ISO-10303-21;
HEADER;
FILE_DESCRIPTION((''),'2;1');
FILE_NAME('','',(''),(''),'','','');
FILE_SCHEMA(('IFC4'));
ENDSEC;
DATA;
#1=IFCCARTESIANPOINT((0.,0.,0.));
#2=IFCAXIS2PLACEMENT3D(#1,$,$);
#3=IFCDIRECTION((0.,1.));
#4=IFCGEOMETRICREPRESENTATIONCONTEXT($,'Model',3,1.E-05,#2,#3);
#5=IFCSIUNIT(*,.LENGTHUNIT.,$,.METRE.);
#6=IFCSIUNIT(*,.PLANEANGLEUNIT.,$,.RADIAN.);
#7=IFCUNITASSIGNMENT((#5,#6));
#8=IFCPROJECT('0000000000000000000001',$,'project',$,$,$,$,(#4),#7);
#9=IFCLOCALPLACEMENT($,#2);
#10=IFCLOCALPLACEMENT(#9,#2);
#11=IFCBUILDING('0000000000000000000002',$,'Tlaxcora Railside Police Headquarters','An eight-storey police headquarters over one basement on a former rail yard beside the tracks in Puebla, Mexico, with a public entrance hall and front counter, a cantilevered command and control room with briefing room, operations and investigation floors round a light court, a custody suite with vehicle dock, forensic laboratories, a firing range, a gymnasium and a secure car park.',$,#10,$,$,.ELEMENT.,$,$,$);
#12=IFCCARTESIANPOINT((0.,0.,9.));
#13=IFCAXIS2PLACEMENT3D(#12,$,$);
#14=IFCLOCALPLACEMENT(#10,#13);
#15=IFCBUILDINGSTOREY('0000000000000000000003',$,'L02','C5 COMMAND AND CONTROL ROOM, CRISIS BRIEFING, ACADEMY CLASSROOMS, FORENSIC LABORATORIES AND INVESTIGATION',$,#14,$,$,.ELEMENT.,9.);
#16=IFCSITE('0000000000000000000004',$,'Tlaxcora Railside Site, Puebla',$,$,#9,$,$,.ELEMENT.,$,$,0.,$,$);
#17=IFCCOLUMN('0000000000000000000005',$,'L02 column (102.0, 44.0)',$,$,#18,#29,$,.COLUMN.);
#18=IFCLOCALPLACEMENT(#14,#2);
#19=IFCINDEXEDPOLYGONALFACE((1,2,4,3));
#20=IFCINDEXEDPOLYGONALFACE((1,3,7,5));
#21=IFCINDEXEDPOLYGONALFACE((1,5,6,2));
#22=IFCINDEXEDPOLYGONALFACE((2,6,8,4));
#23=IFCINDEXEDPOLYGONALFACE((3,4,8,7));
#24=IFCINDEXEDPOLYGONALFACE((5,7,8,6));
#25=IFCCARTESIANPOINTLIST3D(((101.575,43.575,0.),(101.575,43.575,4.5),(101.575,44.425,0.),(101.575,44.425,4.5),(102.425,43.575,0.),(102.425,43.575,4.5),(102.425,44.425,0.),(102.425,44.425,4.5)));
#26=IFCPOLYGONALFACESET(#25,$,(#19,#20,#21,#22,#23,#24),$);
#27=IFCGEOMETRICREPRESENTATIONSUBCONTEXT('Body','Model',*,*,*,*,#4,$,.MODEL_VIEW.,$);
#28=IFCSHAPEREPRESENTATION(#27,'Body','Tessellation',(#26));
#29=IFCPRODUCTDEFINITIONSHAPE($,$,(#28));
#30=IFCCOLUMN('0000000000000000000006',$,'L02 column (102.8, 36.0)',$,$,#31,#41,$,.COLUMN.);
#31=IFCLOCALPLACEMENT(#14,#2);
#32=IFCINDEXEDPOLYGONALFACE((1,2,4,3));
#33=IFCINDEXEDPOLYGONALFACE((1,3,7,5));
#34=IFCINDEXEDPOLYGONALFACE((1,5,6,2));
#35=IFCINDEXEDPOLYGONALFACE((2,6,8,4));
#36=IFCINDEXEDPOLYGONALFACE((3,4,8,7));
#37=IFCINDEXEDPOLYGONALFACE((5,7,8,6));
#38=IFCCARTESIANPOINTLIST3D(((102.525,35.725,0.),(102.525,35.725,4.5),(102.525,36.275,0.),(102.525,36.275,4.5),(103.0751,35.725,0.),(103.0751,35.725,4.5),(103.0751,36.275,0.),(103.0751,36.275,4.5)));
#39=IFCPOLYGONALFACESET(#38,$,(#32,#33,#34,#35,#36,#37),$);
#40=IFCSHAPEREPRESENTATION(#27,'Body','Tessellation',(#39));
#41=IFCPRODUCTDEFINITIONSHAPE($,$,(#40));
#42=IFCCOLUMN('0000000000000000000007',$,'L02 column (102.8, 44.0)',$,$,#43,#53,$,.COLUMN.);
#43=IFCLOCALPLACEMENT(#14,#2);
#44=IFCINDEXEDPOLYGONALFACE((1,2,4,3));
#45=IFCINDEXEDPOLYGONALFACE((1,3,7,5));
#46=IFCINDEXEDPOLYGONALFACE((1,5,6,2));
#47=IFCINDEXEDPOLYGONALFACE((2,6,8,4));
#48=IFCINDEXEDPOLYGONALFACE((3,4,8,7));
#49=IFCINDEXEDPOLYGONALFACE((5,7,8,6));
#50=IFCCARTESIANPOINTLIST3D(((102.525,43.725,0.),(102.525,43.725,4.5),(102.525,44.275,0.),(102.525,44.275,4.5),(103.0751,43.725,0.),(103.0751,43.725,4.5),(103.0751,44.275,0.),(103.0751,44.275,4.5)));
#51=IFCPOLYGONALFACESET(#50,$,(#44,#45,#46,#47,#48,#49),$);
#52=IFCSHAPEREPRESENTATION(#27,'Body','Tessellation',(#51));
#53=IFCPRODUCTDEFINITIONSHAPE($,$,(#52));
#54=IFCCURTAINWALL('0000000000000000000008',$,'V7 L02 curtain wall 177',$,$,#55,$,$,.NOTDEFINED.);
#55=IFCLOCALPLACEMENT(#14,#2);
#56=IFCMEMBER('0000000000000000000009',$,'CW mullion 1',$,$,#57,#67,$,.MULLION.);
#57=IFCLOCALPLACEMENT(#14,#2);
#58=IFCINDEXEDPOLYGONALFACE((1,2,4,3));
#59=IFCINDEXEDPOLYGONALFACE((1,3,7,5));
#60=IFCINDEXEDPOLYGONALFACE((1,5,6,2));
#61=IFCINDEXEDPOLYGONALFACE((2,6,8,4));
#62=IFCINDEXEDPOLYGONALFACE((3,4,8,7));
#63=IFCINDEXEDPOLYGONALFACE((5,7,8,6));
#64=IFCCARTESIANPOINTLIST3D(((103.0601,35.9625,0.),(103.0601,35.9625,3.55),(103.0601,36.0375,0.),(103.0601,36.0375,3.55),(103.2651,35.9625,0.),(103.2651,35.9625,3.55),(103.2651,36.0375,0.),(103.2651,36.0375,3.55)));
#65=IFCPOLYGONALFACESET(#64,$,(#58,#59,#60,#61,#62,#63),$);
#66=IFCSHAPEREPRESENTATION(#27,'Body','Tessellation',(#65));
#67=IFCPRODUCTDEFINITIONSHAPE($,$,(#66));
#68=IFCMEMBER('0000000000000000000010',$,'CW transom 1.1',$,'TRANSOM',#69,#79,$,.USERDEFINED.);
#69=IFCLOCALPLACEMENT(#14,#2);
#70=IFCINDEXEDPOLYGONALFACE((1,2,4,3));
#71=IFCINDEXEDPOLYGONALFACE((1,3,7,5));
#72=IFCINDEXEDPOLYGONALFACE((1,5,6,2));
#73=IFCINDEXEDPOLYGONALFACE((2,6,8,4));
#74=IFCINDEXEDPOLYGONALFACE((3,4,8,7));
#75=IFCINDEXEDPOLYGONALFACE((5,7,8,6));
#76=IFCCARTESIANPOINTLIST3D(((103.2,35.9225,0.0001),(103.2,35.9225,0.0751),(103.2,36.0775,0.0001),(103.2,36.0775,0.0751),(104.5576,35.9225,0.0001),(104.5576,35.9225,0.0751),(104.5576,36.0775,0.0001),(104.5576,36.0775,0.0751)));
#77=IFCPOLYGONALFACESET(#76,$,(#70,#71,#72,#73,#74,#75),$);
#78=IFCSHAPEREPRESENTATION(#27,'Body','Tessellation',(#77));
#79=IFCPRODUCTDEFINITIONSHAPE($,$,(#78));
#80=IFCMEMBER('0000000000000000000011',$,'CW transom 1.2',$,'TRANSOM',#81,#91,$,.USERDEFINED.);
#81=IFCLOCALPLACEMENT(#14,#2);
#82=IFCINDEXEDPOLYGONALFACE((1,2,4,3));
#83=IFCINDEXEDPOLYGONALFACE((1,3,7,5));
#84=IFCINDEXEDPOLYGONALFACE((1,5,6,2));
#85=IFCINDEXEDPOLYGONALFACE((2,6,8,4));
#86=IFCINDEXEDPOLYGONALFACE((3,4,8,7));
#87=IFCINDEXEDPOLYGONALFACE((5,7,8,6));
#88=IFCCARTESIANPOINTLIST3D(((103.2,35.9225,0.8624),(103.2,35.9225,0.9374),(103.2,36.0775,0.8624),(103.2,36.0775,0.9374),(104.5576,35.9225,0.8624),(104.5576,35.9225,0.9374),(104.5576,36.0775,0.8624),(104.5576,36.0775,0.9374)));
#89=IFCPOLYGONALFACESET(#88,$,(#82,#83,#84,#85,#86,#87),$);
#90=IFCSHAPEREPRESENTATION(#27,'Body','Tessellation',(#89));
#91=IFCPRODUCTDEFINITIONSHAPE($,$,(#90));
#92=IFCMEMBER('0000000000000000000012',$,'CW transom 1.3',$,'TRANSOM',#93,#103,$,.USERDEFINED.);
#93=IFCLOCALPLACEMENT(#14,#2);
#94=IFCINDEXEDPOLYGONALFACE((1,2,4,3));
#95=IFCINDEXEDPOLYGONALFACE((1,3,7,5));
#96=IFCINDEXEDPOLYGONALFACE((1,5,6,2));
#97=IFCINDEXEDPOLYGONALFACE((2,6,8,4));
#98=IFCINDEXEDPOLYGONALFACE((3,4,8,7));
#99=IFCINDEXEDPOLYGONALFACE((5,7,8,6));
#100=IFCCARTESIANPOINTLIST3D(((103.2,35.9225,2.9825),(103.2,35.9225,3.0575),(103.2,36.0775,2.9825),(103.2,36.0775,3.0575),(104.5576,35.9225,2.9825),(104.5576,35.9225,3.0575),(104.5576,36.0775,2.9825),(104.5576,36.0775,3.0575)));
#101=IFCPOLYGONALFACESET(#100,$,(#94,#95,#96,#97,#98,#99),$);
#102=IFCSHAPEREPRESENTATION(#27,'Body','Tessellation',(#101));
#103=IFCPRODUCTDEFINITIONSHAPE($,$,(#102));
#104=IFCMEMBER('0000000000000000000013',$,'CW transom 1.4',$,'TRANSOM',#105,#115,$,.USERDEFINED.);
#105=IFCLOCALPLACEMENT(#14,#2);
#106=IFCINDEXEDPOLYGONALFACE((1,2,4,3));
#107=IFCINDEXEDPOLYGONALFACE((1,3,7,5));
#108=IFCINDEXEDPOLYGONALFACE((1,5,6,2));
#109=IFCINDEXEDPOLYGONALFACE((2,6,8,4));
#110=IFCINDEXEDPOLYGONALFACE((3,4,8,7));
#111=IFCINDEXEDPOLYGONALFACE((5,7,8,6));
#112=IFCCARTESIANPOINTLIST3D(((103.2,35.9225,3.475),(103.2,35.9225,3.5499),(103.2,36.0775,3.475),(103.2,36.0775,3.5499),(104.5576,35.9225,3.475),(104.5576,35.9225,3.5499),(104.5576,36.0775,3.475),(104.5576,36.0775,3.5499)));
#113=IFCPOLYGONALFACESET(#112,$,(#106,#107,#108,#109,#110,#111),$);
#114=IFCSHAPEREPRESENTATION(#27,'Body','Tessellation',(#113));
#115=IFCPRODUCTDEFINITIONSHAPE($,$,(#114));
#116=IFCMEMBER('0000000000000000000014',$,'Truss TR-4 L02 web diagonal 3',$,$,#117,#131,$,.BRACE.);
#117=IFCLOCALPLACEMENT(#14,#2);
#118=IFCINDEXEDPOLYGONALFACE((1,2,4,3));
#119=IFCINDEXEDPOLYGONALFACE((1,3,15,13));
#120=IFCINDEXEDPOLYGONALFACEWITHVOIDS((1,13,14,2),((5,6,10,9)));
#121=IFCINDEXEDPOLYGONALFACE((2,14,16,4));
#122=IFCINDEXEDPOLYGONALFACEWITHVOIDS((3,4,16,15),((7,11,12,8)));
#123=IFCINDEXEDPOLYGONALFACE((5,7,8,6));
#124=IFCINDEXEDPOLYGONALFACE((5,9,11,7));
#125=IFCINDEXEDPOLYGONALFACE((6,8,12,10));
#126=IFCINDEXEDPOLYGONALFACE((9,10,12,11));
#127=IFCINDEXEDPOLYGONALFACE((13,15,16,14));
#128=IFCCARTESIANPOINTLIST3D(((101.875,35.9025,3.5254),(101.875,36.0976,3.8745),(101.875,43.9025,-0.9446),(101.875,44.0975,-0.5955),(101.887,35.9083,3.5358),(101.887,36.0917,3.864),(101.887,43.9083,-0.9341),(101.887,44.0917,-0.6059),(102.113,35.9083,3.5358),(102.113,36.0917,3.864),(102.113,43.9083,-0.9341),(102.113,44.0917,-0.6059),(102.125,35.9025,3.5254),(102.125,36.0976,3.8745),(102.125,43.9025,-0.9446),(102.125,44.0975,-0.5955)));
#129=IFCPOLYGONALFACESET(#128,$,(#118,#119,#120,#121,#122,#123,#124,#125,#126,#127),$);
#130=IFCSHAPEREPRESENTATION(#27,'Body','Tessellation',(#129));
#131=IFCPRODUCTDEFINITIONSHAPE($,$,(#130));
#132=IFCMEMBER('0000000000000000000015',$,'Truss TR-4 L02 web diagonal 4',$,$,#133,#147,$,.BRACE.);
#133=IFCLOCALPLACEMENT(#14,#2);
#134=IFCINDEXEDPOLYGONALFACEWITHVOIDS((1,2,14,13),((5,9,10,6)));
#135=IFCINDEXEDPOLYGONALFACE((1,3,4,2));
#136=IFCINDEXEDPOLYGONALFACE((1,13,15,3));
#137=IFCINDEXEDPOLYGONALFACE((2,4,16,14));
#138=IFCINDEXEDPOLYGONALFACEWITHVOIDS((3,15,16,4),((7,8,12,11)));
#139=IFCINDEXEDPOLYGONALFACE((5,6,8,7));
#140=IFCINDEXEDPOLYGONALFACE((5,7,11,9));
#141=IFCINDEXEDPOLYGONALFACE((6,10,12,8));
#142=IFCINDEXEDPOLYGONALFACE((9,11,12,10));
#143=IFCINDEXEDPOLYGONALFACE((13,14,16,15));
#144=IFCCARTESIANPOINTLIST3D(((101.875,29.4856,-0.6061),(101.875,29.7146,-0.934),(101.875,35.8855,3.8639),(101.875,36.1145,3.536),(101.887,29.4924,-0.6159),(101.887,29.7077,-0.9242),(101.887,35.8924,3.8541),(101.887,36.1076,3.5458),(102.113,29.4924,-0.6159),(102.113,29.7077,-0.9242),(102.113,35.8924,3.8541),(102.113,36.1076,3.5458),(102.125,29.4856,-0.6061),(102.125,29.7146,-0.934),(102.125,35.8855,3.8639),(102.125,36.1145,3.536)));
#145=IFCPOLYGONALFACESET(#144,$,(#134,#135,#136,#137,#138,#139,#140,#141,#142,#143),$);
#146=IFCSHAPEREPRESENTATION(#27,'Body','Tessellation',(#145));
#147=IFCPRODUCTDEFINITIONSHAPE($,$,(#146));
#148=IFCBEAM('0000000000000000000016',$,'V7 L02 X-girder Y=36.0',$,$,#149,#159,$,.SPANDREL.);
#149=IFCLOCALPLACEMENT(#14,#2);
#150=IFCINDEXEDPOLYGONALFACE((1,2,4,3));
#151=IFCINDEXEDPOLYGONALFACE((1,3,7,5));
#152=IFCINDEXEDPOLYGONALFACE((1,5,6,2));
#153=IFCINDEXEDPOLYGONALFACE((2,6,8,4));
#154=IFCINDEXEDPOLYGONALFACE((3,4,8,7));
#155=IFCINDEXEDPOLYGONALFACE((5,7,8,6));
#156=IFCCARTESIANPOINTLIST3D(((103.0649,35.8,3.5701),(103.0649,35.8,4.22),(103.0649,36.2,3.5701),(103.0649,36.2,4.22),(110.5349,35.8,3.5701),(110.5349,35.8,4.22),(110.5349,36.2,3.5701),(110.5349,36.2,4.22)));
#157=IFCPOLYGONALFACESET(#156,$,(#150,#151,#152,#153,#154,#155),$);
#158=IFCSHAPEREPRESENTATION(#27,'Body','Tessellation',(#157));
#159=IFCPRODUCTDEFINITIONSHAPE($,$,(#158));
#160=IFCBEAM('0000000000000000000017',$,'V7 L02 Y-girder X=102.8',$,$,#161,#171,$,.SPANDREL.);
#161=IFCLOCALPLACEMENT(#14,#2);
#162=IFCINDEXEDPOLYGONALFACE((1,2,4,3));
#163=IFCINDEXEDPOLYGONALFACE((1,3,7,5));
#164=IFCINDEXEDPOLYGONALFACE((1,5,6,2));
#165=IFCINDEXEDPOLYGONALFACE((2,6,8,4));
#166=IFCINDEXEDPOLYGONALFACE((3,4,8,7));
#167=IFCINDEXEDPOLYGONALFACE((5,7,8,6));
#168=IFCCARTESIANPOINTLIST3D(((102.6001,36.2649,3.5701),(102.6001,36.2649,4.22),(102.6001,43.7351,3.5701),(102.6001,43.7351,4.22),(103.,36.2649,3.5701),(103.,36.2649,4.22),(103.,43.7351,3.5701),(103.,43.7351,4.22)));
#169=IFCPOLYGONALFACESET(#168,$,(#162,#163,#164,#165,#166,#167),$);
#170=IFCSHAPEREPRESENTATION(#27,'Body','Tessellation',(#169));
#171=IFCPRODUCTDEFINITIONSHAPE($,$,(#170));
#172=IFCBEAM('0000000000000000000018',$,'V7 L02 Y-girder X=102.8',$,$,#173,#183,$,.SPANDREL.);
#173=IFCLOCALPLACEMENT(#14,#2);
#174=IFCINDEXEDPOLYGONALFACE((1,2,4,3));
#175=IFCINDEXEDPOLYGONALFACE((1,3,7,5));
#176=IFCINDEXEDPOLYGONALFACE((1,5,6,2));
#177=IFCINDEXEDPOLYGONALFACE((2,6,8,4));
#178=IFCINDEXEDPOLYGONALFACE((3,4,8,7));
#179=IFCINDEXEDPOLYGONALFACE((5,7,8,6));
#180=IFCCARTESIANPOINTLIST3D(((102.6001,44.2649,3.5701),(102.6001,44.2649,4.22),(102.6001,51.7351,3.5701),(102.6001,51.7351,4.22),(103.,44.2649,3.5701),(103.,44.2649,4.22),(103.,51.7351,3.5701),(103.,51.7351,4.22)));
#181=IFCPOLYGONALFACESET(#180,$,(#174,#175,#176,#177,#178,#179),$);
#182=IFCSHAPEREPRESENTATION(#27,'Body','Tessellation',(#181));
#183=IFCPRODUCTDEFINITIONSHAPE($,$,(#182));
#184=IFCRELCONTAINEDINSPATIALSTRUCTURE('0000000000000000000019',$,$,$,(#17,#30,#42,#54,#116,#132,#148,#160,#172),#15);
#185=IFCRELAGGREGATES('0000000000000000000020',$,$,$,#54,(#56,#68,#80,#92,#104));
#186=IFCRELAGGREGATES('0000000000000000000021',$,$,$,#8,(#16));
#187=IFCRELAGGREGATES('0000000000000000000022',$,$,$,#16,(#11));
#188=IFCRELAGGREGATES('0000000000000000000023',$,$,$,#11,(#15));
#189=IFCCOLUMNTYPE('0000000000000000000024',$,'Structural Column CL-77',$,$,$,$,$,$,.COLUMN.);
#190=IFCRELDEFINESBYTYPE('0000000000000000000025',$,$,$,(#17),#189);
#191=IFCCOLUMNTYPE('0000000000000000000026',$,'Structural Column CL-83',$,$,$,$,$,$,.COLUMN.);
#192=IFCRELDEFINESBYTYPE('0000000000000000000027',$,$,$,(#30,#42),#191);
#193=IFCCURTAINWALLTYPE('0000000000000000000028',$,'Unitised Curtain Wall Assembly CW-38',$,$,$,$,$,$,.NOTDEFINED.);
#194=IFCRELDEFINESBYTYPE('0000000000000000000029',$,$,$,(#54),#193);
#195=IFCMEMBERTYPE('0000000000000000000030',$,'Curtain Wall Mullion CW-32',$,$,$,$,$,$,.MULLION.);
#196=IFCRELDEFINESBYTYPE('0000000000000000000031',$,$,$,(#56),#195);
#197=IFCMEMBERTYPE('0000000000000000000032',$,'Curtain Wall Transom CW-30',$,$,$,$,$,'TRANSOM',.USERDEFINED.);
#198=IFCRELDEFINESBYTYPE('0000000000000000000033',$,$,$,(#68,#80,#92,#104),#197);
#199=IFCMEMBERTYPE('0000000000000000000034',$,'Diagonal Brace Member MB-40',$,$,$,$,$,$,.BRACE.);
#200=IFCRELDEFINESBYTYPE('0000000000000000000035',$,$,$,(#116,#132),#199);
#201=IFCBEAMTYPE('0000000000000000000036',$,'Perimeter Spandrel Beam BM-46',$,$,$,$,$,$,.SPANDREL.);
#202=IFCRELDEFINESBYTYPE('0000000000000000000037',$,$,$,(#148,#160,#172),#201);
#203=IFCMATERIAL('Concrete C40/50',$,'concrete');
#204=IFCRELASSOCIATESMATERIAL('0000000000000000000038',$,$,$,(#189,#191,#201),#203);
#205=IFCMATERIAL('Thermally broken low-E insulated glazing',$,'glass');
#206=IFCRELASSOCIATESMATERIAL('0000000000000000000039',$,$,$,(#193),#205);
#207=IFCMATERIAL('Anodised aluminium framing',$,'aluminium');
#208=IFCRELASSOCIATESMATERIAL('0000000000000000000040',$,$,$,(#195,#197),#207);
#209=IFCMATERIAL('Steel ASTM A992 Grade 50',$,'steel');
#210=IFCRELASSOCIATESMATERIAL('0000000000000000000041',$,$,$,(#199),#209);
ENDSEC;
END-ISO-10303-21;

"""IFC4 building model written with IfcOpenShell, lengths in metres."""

from ifc_helpers import new_model, si_unit, direction, frame, origin, origin_2d, place, context, subcontext, project, spatial, rectangle, hollow_rectangle, extrude, material, material_profile, profile_set, type_object, element, aggregate, save


model = new_model("IFC4")

# Units and contexts
model_context = context("Model", 3, precision=1e-05, world=origin(), true_north=direction((0.0, 1.0)))
body_context = subcontext(model_context, "Body", "Model", "MODEL_VIEW")
ifc_project = project(units=[si_unit("LENGTHUNIT", "METRE"), si_unit("PLANEANGLEUNIT", "RADIAN")], contexts=[model_context])

# Site, building, storey
site_placement = place(None, origin())
site = spatial("IfcSite", under=ifc_project, at=site_placement, Name="Tlaxcora Railside Site, Puebla", CompositionType="ELEMENT", RefElevation=0.0)
building_placement = place(site_placement, origin())
building = spatial("IfcBuilding", under=site, at=building_placement, Name="Tlaxcora Railside Police Headquarters", Description="An eight-storey police headquarters over one basement on a former rail yard beside the tracks in Puebla, Mexico, with a public entrance hall and front counter, a cantilevered command and control room with briefing room, operations and investigation floors round a light court, a custody suite with vehicle dock, forensic laboratories, a firing range, a gymnasium and a secure car park.", CompositionType="ELEMENT")
storey_placement = place(building_placement, frame((0.0, 0.0, 9.0)))
storey = spatial("IfcBuildingStorey", under=building, at=storey_placement, Name="L02", Description="C5 COMMAND AND CONTROL ROOM, CRISIS BRIEFING, ACADEMY CLASSROOMS, FORENSIC LABORATORIES AND INVESTIGATION", CompositionType="ELEMENT", Elevation=9.0)

# Columns
ifc_material_1 = material(Name="Concrete C40/50", Category="concrete")
ifc_material_profile_1 = material_profile(ifc_material_1, rectangle(XDim=0.8501, YDim=0.8501, at=origin_2d()), Name="RC850X850")
ifc_profile_set_1 = profile_set([ifc_material_profile_1], Name="Concrete C40/50")
column_type_1 = type_object("IfcColumnType", Name="Structural Column CL-77", PredefinedType="COLUMN", material=ifc_profile_set_1)
column_placement = place(storey_placement, frame((102.0, 44.0, 0.0), z_axis=(0.0, 0.0, 1.0), x_axis=(1.0, 0.0, 0.0)))
element("IfcColumn", 1, at=column_placement, inside=storey, type_object=column_type_1, Name="L02 column (102.0, 44.0)", PredefinedType="COLUMN", context=body_context, shape_type="SweptSolid", body=[
    extrude(rectangle(XDim=0.8501, YDim=0.8501, at=origin_2d()), origin(), (0.0, 0.0, 1.0), 4.5),
])
ifc_material_profile_2 = material_profile(ifc_material_1, rectangle(XDim=0.55, YDim=0.55, at=origin_2d()), Name="RC550X550")
ifc_profile_set_2 = profile_set([ifc_material_profile_2], Name="Concrete C40/50")
column_type_2 = type_object("IfcColumnType", Name="Structural Column CL-83", PredefinedType="COLUMN", material=ifc_profile_set_2)
for number, where, z_axis, x_axis, name in (
    (2, (102.8, 36.0, 0.0), (0.0, 0.0, 1.0), (1.0, 0.0, 0.0), "L02 column (102.8, 36.0)"),
    (3, (102.8, 44.0, 0.0), (0.0, 0.0, 1.0), (1.0, 0.0, 0.0), "L02 column (102.8, 44.0)"),
):
    element("IfcColumn", number, at=place(storey_placement, frame(where, z_axis=z_axis, x_axis=x_axis)), inside=storey, type_object=column_type_2, Name=name, PredefinedType="COLUMN", context=body_context, shape_type="SweptSolid", body=[
        extrude(rectangle(XDim=0.55, YDim=0.55, at=origin_2d()), origin(), (0.0, 0.0, 1.0), 4.5),
    ])

# Curtain wall, members
ifc_material_2 = material(Name="Thermally broken low-E insulated glazing", Category="glass")
curtain_wall_type = type_object("IfcCurtainWallType", Name="Unitised Curtain Wall Assembly CW-38", PredefinedType="NOTDEFINED", material=ifc_material_2)
curtain_wall_placement = place(storey_placement, origin())
curtain_wall = element("IfcCurtainWall", 4, at=curtain_wall_placement, inside=storey, type_object=curtain_wall_type, Name="V7 L02 curtain wall 177", PredefinedType="NOTDEFINED")
ifc_material_3 = material(Name="Anodised aluminium framing", Category="aluminium")
ifc_material_profile_3 = material_profile(ifc_material_3, rectangle(XDim=0.075, YDim=0.2051, at=origin_2d()), Name="AL75X205")
ifc_profile_set_3 = profile_set([ifc_material_profile_3], Name="Anodised aluminium framing")
member_type_1 = type_object("IfcMemberType", Name="Curtain Wall Mullion CW-32", PredefinedType="MULLION", material=ifc_profile_set_3)
member_1_placement = place(storey_placement, frame((103.1626, 36.0, 0.0), z_axis=(0.0, 0.0, 1.0), x_axis=(0.0, 1.0, 0.0)))
member_1 = element("IfcMember", 5, at=member_1_placement, type_object=member_type_1, Name="CW mullion 1", PredefinedType="MULLION", context=body_context, shape_type="SweptSolid", body=[
    extrude(rectangle(XDim=0.075, YDim=0.2051, at=origin_2d()), origin(), (0.0, 0.0, 1.0), 3.55),
])
ifc_material_profile_4 = material_profile(ifc_material_3, rectangle(XDim=0.155, YDim=0.075, at=origin_2d()), Name="AL75X155")
ifc_profile_set_4 = profile_set([ifc_material_profile_4], Name="Anodised aluminium framing")
member_type_2 = type_object("IfcMemberType", Name="Curtain Wall Transom CW-30", ElementType="TRANSOM", PredefinedType="USERDEFINED", material=ifc_profile_set_4)
member_2_placement = place(storey_placement, frame((103.2, 36.0, 0.0376), z_axis=(1.0, 0.0, 0.0), x_axis=(0.0, 1.0, 0.0)))
member_2 = element("IfcMember", 6, at=member_2_placement, type_object=member_type_2, Name="CW transom 1.1", ObjectType="TRANSOM", PredefinedType="USERDEFINED", context=body_context, shape_type="SweptSolid", body=[
    extrude(rectangle(XDim=0.155, YDim=0.075, at=origin_2d()), origin(), (0.0, 0.0, 1.0), 1.3577),
])
member_3_placement = place(storey_placement, frame((103.2, 36.0, 0.8999), z_axis=(1.0, 0.0, 0.0), x_axis=(0.0, 1.0, 0.0)))
member_3 = element("IfcMember", 7, at=member_3_placement, type_object=member_type_2, Name="CW transom 1.2", ObjectType="TRANSOM", PredefinedType="USERDEFINED", context=body_context, shape_type="SweptSolid", body=[
    extrude(rectangle(XDim=0.155, YDim=0.075, at=origin_2d()), origin(), (0.0, 0.0, 1.0), 1.3577),
])
member_4_placement = place(storey_placement, frame((103.2, 36.0, 3.02), z_axis=(1.0, 0.0, 0.0), x_axis=(0.0, 1.0, 0.0)))
member_4 = element("IfcMember", 8, at=member_4_placement, type_object=member_type_2, Name="CW transom 1.3", ObjectType="TRANSOM", PredefinedType="USERDEFINED", context=body_context, shape_type="SweptSolid", body=[
    extrude(rectangle(XDim=0.155, YDim=0.075, at=origin_2d()), origin(), (0.0, 0.0, 1.0), 1.3577),
])
member_5_placement = place(storey_placement, frame((103.2, 36.0, 3.5125), z_axis=(1.0, 0.0, 0.0), x_axis=(0.0, 1.0, 0.0)))
member_5 = element("IfcMember", 9, at=member_5_placement, type_object=member_type_2, Name="CW transom 1.4", ObjectType="TRANSOM", PredefinedType="USERDEFINED", context=body_context, shape_type="SweptSolid", body=[
    extrude(rectangle(XDim=0.155, YDim=0.075, at=origin_2d()), origin(), (0.0, 0.0, 1.0), 1.3577),
])
aggregate(curtain_wall, [member_1, member_2, member_3, member_4, member_5])

# Members
ifc_material_4 = material(Name="Steel ASTM A992 Grade 50", Category="steel")
ifc_material_profile_5 = material_profile(ifc_material_4, hollow_rectangle(XDim=0.25, YDim=0.3999, WallThickness=0.012, at=origin_2d()), Name="HSS400X250X12")
ifc_profile_set_5 = profile_set([ifc_material_profile_5], Name="Steel ASTM A992 Grade 50")
member_type_3 = type_object("IfcMemberType", Name="Diagonal Brace Member MB-40", PredefinedType="BRACE", material=ifc_profile_set_5)
member_6_placement = place(storey_placement, frame((102.0, 44.0, -0.77), z_axis=(0.0, -0.872972, 0.48777), x_axis=(1.0, 0.0, 0.0)))
element("IfcMember", 10, at=member_6_placement, inside=storey, type_object=member_type_3, Name="Truss TR-4 L02 web diagonal 3", PredefinedType="BRACE", context=body_context, shape_type="SweptSolid", body=[
    extrude(hollow_rectangle(XDim=0.25, YDim=0.3999, WallThickness=0.012, at=origin_2d()), origin(), (0.0, 0.0, 1.0), 9.1641),
])
member_7_placement = place(storey_placement, frame((102.0, 36.0, 3.7), z_axis=(0.0, -0.819831, -0.572606), x_axis=(1.0, 0.0, 0.0)))
element("IfcMember", 11, at=member_7_placement, inside=storey, type_object=member_type_3, Name="Truss TR-4 L02 web diagonal 4", PredefinedType="BRACE", context=body_context, shape_type="SweptSolid", body=[
    extrude(hollow_rectangle(XDim=0.25, YDim=0.3999, WallThickness=0.012, at=origin_2d()), origin(), (0.0, 0.0, 1.0), 7.8064),
])

# Beams
ifc_material_profile_6 = material_profile(ifc_material_1, rectangle(XDim=0.3999, YDim=0.6499, at=origin_2d()), Name="RC400X650")
ifc_profile_set_6 = profile_set([ifc_material_profile_6], Name="Concrete C40/50")
beam_type_1 = type_object("IfcBeamType", Name="Perimeter Spandrel Beam BM-46", PredefinedType="SPANDREL", material=ifc_profile_set_6)
beam_1_placement = place(storey_placement, frame((103.0649, 36.0, 3.895), z_axis=(1.0, 0.0, 0.0), x_axis=(0.0, 1.0, 0.0)))
element("IfcBeam", 12, at=beam_1_placement, inside=storey, type_object=beam_type_1, Name="V7 L02 X-girder Y=36.0", PredefinedType="SPANDREL", context=body_context, shape_type="SweptSolid", body=[
    extrude(rectangle(XDim=0.3999, YDim=0.6499, at=origin_2d()), origin(), (0.0, 0.0, 1.0), 7.47),
])
for number, where, z_axis, x_axis, name in (
    (13, (102.8, 36.2649, 3.895), (0.0, 1.0, 0.0), (-1.0, 0.0, 0.0), "V7 L02 Y-girder X=102.8"),
    (14, (102.8, 44.2649, 3.895), (0.0, 1.0, 0.0), (-1.0, 0.0, 0.0), "V7 L02 Y-girder X=102.8"),
):
    element("IfcBeam", number, at=place(storey_placement, frame(where, z_axis=z_axis, x_axis=x_axis)), inside=storey, type_object=beam_type_1, Name=name, PredefinedType="SPANDREL", context=body_context, shape_type="SweptSolid", body=[
        extrude(rectangle(XDim=0.3999, YDim=0.6499, at=origin_2d()), origin(), (0.0, 0.0, 1.0), 7.4702),
    ])

save(model, "model.ifc")
